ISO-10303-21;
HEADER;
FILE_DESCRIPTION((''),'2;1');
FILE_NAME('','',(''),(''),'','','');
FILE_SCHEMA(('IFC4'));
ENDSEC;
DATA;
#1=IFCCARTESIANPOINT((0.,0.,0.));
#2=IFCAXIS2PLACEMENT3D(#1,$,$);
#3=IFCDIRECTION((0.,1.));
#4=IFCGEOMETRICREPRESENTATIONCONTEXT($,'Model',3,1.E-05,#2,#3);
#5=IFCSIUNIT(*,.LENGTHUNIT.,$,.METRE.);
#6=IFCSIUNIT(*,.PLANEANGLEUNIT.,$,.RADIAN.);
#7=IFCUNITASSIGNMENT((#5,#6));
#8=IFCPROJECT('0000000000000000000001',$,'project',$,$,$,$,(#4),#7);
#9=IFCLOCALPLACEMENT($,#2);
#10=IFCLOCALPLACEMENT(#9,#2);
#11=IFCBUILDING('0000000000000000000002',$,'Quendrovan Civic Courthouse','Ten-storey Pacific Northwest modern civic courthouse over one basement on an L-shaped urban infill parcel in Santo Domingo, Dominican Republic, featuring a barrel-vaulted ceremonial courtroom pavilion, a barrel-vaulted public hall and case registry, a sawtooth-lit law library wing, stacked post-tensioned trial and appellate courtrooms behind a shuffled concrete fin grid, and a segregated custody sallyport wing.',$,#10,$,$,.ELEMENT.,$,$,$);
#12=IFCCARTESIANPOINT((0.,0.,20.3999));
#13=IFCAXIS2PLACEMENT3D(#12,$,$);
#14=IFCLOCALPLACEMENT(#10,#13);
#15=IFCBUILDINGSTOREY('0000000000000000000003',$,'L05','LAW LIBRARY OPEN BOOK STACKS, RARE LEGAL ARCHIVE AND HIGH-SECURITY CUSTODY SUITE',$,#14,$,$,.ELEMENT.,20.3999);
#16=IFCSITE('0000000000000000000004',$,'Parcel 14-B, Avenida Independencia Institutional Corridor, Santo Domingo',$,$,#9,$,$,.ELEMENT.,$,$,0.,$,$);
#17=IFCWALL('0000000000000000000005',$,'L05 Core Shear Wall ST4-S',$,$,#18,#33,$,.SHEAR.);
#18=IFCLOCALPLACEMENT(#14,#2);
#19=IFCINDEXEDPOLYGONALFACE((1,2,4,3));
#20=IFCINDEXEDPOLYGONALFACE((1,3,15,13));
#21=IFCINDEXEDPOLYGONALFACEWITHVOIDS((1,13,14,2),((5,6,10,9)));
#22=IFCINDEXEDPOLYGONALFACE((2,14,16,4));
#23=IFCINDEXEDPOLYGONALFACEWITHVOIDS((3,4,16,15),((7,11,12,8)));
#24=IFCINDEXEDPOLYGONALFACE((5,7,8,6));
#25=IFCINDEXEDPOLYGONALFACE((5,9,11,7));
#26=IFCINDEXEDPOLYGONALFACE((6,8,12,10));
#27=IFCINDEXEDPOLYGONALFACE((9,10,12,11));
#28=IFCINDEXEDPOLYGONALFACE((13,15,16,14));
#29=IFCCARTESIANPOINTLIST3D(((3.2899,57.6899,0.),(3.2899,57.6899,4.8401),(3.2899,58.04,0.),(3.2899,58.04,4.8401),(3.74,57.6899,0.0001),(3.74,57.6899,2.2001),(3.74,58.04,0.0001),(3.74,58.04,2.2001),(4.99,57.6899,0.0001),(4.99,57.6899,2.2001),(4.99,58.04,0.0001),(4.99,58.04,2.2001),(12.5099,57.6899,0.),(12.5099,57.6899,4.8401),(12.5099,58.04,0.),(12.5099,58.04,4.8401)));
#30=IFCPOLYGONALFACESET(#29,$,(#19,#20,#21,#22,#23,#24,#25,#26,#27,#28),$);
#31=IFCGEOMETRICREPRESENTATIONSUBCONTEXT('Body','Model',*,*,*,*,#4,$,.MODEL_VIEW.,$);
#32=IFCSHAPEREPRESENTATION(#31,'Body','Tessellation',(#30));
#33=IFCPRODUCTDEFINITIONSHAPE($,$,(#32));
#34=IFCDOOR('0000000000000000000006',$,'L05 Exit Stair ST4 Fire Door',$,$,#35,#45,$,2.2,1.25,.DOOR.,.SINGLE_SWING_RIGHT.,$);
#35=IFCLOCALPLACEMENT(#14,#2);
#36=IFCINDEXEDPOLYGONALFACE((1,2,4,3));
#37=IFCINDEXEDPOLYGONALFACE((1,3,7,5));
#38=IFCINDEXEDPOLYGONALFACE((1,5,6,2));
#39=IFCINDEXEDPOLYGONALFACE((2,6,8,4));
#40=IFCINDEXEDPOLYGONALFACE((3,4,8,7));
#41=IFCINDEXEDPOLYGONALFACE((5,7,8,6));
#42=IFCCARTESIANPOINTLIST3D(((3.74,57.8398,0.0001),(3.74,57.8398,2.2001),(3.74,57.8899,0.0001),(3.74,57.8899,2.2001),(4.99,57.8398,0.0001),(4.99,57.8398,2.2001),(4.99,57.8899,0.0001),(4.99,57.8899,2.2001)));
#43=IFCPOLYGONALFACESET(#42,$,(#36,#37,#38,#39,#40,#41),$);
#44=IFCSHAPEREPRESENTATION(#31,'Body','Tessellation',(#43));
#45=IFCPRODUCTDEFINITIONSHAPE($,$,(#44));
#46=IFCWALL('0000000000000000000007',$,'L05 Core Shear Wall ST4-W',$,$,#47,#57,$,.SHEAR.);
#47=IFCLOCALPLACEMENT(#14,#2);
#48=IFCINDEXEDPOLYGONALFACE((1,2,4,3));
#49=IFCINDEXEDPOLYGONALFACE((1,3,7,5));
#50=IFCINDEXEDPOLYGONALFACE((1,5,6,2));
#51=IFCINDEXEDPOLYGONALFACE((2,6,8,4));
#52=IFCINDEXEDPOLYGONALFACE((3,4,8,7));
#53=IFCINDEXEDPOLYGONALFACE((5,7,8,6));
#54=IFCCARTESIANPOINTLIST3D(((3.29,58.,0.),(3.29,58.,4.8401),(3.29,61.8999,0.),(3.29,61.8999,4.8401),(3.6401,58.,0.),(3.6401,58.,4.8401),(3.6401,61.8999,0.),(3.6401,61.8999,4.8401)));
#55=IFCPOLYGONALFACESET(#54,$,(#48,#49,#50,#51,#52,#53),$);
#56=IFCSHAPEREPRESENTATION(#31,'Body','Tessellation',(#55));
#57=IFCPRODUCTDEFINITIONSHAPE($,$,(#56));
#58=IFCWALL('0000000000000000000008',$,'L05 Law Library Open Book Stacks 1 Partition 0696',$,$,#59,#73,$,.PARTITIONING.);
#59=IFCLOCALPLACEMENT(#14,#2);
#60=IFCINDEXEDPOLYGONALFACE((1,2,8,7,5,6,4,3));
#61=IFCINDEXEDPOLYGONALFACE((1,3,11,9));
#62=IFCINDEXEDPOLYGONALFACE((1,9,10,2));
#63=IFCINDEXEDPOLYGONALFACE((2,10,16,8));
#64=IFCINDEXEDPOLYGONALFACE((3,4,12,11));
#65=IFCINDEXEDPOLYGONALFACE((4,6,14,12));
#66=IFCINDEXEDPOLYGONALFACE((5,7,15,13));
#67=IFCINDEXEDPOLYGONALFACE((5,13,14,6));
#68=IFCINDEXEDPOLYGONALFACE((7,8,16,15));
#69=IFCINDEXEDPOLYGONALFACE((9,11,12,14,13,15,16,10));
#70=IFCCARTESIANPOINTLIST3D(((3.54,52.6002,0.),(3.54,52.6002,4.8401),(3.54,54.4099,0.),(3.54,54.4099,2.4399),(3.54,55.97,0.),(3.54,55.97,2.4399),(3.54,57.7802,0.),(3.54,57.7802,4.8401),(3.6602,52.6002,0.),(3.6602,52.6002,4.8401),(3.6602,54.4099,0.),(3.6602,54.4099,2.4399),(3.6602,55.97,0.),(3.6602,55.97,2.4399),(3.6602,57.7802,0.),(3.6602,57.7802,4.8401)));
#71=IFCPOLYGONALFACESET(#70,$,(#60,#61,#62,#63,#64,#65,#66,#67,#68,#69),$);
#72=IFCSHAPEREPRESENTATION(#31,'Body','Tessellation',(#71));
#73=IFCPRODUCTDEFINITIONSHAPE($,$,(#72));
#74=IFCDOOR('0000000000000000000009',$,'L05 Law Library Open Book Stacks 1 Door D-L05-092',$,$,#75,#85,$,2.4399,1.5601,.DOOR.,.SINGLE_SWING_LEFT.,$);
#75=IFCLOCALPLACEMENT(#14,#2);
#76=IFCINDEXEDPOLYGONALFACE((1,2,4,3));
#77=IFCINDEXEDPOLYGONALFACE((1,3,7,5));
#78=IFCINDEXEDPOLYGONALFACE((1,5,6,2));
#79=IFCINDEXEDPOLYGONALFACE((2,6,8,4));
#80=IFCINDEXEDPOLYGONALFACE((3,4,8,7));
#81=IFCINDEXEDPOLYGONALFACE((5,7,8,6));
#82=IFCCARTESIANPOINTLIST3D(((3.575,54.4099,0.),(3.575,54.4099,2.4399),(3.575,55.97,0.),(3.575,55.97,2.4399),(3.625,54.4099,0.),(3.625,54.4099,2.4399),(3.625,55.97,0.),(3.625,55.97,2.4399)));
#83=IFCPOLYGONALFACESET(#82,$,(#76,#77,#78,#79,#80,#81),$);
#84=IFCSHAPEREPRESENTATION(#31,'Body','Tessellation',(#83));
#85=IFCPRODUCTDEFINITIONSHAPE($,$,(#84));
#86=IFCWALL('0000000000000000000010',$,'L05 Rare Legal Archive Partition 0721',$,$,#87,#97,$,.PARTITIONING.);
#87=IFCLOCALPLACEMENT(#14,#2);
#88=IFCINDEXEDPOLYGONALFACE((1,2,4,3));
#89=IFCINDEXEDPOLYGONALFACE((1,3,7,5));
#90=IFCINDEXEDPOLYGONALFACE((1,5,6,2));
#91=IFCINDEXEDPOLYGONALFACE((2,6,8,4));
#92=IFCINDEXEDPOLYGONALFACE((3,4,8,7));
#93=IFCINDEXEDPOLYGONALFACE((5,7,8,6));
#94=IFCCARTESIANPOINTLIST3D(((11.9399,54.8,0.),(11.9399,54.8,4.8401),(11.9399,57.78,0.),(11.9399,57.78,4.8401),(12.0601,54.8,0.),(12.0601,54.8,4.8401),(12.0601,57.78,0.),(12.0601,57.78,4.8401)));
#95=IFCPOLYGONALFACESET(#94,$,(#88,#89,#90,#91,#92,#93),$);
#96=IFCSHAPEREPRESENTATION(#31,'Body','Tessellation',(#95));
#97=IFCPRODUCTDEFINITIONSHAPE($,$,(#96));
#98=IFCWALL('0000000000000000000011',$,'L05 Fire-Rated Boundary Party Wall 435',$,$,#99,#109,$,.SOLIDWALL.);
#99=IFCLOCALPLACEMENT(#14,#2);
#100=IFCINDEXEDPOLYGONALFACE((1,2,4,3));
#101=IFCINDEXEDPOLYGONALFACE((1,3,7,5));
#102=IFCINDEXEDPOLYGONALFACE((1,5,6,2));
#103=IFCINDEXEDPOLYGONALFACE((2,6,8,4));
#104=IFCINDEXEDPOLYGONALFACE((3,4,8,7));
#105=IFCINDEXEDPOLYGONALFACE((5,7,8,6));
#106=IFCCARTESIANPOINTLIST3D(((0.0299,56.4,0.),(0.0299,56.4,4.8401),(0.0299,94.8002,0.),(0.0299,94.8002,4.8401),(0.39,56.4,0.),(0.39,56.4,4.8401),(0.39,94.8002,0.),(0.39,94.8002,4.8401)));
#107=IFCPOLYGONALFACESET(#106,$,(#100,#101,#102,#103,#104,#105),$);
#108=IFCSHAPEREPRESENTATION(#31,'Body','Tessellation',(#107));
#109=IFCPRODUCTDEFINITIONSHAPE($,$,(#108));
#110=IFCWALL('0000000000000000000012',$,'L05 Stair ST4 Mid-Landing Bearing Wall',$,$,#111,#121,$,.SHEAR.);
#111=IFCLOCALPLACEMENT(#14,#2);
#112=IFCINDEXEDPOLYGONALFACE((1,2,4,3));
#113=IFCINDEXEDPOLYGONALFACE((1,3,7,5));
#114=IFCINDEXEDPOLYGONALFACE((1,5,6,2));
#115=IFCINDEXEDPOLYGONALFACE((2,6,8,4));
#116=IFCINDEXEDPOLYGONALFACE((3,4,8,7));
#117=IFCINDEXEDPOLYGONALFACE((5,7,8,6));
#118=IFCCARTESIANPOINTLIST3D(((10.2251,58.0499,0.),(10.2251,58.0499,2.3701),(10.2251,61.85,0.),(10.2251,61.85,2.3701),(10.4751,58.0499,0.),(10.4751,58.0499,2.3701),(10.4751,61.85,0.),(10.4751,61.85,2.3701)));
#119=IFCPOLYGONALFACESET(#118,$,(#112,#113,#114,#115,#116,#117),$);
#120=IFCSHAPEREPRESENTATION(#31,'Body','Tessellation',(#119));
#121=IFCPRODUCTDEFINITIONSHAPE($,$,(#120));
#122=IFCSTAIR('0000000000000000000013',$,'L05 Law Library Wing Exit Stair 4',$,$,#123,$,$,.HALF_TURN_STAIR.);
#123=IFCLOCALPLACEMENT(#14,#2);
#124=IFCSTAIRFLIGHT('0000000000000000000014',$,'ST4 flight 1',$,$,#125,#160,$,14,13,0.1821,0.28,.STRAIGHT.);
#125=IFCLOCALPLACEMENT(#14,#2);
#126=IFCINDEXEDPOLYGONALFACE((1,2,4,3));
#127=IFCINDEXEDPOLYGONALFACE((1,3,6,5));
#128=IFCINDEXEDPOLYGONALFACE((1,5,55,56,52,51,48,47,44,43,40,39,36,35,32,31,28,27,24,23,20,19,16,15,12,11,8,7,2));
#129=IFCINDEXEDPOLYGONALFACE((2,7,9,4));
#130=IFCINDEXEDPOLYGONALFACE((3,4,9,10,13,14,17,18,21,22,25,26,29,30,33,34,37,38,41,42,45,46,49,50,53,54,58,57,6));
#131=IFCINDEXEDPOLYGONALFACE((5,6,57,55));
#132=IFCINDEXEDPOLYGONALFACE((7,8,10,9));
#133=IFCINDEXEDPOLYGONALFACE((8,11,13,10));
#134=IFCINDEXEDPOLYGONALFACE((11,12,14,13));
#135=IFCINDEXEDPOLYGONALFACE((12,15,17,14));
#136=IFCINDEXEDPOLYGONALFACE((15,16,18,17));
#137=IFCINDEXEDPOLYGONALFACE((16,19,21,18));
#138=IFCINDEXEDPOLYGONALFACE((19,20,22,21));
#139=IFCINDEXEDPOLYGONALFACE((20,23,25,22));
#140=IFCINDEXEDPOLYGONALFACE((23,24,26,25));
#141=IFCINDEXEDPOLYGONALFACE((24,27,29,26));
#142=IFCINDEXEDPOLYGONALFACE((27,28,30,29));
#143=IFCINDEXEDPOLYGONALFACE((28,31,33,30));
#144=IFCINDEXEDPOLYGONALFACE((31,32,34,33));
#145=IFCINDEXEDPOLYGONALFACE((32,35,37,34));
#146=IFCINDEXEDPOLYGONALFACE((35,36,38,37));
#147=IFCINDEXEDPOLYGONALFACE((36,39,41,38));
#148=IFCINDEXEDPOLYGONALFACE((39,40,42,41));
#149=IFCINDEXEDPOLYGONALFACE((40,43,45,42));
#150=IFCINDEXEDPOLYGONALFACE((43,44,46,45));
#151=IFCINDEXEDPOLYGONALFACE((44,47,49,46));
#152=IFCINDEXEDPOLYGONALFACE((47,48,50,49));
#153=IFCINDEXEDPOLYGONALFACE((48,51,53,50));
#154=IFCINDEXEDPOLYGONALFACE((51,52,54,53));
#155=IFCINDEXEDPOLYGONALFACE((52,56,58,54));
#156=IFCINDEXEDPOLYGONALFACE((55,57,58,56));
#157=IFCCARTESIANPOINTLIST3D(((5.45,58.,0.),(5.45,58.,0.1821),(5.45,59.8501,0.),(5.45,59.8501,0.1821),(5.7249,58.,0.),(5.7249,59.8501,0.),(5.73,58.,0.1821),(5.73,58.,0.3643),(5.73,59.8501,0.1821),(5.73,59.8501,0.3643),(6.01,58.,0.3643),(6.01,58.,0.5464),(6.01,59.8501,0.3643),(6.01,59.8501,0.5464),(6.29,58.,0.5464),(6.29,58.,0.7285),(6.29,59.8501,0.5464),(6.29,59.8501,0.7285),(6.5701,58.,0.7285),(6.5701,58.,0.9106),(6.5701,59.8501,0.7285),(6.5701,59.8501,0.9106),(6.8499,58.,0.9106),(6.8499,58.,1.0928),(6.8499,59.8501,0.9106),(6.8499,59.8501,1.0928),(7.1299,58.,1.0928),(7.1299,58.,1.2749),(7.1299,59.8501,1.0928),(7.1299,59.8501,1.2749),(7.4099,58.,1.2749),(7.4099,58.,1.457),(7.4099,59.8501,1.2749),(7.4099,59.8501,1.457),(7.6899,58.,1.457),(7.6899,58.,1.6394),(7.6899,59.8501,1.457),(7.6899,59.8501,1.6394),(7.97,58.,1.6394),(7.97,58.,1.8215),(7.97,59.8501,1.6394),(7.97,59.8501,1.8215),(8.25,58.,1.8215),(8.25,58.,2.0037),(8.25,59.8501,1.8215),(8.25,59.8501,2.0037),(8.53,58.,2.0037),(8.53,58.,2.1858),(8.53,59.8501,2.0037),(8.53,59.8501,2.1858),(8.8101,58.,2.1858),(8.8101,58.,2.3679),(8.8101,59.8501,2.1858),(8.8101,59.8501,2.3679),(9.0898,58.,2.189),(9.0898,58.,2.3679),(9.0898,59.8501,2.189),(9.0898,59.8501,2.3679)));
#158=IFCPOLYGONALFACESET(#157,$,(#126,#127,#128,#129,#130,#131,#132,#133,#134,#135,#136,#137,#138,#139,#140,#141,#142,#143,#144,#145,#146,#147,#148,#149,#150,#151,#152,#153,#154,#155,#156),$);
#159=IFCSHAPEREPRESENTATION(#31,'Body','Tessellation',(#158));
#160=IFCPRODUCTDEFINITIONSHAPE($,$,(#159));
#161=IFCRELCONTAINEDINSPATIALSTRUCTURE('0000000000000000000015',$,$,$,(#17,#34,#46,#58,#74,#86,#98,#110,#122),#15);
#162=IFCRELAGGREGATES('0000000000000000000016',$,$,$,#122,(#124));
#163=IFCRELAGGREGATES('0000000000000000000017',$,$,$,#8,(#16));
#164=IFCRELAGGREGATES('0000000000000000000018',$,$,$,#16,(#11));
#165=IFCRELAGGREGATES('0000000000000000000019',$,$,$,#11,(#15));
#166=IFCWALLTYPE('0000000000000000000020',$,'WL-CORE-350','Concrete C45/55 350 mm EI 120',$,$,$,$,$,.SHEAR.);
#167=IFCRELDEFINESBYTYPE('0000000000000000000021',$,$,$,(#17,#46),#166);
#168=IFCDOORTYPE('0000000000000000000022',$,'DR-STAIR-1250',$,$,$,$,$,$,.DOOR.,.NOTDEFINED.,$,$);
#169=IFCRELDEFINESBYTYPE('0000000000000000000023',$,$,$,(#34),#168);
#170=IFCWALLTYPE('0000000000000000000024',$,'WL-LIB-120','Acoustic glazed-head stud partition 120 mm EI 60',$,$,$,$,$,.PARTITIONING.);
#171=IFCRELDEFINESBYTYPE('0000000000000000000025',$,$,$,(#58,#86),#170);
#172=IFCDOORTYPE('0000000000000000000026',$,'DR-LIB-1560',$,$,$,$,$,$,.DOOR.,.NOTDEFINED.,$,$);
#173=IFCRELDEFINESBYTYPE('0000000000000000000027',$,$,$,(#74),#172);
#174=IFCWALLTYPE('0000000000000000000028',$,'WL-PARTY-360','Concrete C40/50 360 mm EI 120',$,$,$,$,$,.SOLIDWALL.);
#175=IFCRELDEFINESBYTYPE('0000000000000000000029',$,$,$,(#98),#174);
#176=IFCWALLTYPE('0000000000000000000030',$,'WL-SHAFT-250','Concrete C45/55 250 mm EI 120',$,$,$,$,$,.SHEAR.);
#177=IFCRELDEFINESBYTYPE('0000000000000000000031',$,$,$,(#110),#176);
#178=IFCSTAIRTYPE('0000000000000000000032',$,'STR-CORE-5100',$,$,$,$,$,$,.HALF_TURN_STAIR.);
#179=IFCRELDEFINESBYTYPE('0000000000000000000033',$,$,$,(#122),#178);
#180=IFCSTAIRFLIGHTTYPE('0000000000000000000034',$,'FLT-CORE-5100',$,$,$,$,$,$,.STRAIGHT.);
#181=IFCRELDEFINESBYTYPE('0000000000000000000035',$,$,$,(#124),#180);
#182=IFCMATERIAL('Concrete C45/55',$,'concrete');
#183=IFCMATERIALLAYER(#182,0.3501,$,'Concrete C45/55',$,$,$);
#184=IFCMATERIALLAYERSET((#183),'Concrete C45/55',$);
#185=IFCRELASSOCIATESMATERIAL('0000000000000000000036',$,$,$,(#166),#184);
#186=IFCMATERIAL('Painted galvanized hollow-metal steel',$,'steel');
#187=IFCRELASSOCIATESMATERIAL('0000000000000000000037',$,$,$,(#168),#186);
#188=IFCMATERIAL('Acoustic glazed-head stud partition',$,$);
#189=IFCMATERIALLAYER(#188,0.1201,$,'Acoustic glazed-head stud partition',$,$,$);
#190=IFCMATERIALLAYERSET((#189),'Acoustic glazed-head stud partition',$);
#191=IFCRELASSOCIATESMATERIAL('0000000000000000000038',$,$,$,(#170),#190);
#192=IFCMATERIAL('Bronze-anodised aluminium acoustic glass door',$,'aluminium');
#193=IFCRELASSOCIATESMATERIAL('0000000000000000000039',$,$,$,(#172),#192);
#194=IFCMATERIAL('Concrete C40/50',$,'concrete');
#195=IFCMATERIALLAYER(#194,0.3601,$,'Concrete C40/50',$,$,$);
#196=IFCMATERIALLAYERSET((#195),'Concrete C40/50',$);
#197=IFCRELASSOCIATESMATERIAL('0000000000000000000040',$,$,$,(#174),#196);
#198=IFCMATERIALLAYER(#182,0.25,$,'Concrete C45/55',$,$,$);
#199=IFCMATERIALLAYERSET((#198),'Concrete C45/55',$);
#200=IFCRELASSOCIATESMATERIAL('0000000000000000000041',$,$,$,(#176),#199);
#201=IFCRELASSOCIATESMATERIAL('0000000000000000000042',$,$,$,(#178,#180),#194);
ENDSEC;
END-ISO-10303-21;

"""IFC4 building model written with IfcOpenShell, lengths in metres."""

from ifc_helpers import new_model, si_unit, direction, frame, frame_2d, origin, place, context, subcontext, project, spatial, polyline, rectangle, outline, extrude, material, layer, layer_set, type_object, element, fill, aggregate, save


model = new_model("IFC4")

# Units and contexts
model_context = context("Model", 3, precision=1e-05, world=origin(), true_north=direction((0.0, 1.0)))
body_context = subcontext(model_context, "Body", "Model", "MODEL_VIEW")
ifc_project = project(units=[si_unit("LENGTHUNIT", "METRE"), si_unit("PLANEANGLEUNIT", "RADIAN")], contexts=[model_context])

# Site, building, storey
site_placement = place(None, origin())
site = spatial("IfcSite", under=ifc_project, at=site_placement, Name="Parcel 14-B, Avenida Independencia Institutional Corridor, Santo Domingo", CompositionType="ELEMENT", RefElevation=0.0)
building_placement = place(site_placement, origin())
building = spatial("IfcBuilding", under=site, at=building_placement, Name="Quendrovan Civic Courthouse", Description="Ten-storey Pacific Northwest modern civic courthouse over one basement on an L-shaped urban infill parcel in Santo Domingo, Dominican Republic, featuring a barrel-vaulted ceremonial courtroom pavilion, a barrel-vaulted public hall and case registry, a sawtooth-lit law library wing, stacked post-tensioned trial and appellate courtrooms behind a shuffled concrete fin grid, and a segregated custody sallyport wing.", CompositionType="ELEMENT")
storey_placement = place(building_placement, frame((0.0, 0.0, 20.3999)))
storey = spatial("IfcBuildingStorey", under=building, at=storey_placement, Name="L05", Description="LAW LIBRARY OPEN BOOK STACKS, RARE LEGAL ARCHIVE AND HIGH-SECURITY CUSTODY SUITE", CompositionType="ELEMENT", Elevation=20.3999)

# Shared definitions
ifc_material_1 = material(Name="Concrete C40/50", Category="concrete")

# Wall, opening, door
ifc_material_2 = material(Name="Concrete C45/55", Category="concrete")
ifc_layer_1 = layer(ifc_material_2, 0.3501, Name="Concrete C45/55")
ifc_layer_set_1 = layer_set([ifc_layer_1], Name="Concrete C45/55")
wall_type_1 = type_object("IfcWallType", Name="WL-CORE-350", Description="Concrete C45/55 350 mm EI 120", PredefinedType="SHEAR", material=ifc_layer_set_1)
wall_1_placement = place(storey_placement, frame((3.29, 57.865, 0.0), z_axis=(0.0, 0.0, 1.0), x_axis=(1.0, 0.0, 0.0)))
wall_1 = element("IfcWall", 1, at=wall_1_placement, inside=storey, type_object=wall_type_1, Name="L05 Core Shear Wall ST4-S", PredefinedType="SHEAR", context=body_context, shape_type="SweptSolid", body=[
    extrude(rectangle(XDim=9.22, YDim=0.3501, at=frame_2d((4.6099, 0.0))), origin(), (0.0, 0.0, 1.0), 4.8401),
])
opening_1_placement = place(wall_1_placement, frame((0.45, 0.0, 0.0)))
opening_1 = element("IfcOpeningElement", 2, at=opening_1_placement, cuts=wall_1, PredefinedType="OPENING", context=body_context, shape_type="SweptSolid", body=[
    extrude(rectangle(XDim=1.25, YDim=2.2, at=frame_2d((0.625, 1.1001))), frame((0.0, 0.1851, 0.0), z_axis=(0.0, -1.0, 0.0), x_axis=(1.0, 0.0, 0.0)), (0.0, 0.0, 1.0), 0.3701),
])
ifc_material_3 = material(Name="Painted galvanized hollow-metal steel", Category="steel")
door_type_1 = type_object("IfcDoorType", Name="DR-STAIR-1250", OperationType="NOTDEFINED", PredefinedType="DOOR", material=ifc_material_3)
door_1_placement = place(opening_1_placement, origin())
door_1 = element("IfcDoor", 3, at=door_1_placement, inside=storey, type_object=door_type_1, Name="L05 Exit Stair ST4 Fire Door", OperationType="SINGLE_SWING_RIGHT", OverallHeight=2.2, OverallWidth=1.25, PredefinedType="DOOR", context=body_context, shape_type="SweptSolid", body=[
    extrude(rectangle(XDim=1.25, YDim=2.2, at=frame_2d((0.625, 1.1001))), frame((0.0, 0.0249, 0.0), z_axis=(0.0, -1.0, 0.0), x_axis=(1.0, 0.0, 0.0)), (0.0, 0.0, 1.0), 0.05),
])
fill(opening_1, door_1)

# Wall
wall_2_placement = place(storey_placement, frame((3.4651, 58.0, 0.0), z_axis=(0.0, 0.0, 1.0), x_axis=(0.0, 1.0, 0.0)))
element("IfcWall", 4, at=wall_2_placement, inside=storey, type_object=wall_type_1, Name="L05 Core Shear Wall ST4-W", PredefinedType="SHEAR", context=body_context, shape_type="SweptSolid", body=[
    extrude(rectangle(XDim=3.8999, YDim=0.3501, at=frame_2d((1.95, 0.0))), origin(), (0.0, 0.0, 1.0), 4.8401),
])

# Wall, opening, door
ifc_material_4 = material(Name="Acoustic glazed-head stud partition")
ifc_layer_2 = layer(ifc_material_4, 0.1201, Name="Acoustic glazed-head stud partition")
ifc_layer_set_2 = layer_set([ifc_layer_2], Name="Acoustic glazed-head stud partition")
wall_type_2 = type_object("IfcWallType", Name="WL-LIB-120", Description="Acoustic glazed-head stud partition 120 mm EI 60", PredefinedType="PARTITIONING", material=ifc_layer_set_2)
wall_3_placement = place(storey_placement, frame((3.6001, 57.78, 0.0), z_axis=(0.0, 0.0, 1.0), x_axis=(0.0, -1.0, 0.0)))
wall_3 = element("IfcWall", 5, at=wall_3_placement, inside=storey, type_object=wall_type_2, Name="L05 Law Library Open Book Stacks 1 Partition 0696", PredefinedType="PARTITIONING", context=body_context, shape_type="SweptSolid", body=[
    extrude(rectangle(XDim=5.1799, YDim=0.1201, at=frame_2d((2.5898, 0.0))), origin(), (0.0, 0.0, 1.0), 4.8401),
])
opening_2_placement = place(wall_3_placement, frame((1.8101, 0.0, 0.0)))
opening_2 = element("IfcOpeningElement", 6, at=opening_2_placement, cuts=wall_3, PredefinedType="OPENING", context=body_context, shape_type="SweptSolid", body=[
    extrude(rectangle(XDim=1.5601, YDim=2.4399, at=frame_2d((0.78, 1.22))), frame((0.0, 0.0701, 0.0), z_axis=(0.0, -1.0, 0.0), x_axis=(1.0, 0.0, 0.0)), (0.0, 0.0, 1.0), 0.1401),
])
ifc_material_5 = material(Name="Bronze-anodised aluminium acoustic glass door", Category="aluminium")
door_type_2 = type_object("IfcDoorType", Name="DR-LIB-1560", OperationType="NOTDEFINED", PredefinedType="DOOR", material=ifc_material_5)
door_2_placement = place(opening_2_placement, origin())
door_2 = element("IfcDoor", 7, at=door_2_placement, inside=storey, type_object=door_type_2, Name="L05 Law Library Open Book Stacks 1 Door D-L05-092", OperationType="SINGLE_SWING_LEFT", OverallHeight=2.4399, OverallWidth=1.5601, PredefinedType="DOOR", context=body_context, shape_type="SweptSolid", body=[
    extrude(rectangle(XDim=1.5601, YDim=2.4399, at=frame_2d((0.78, 1.22))), frame((0.0, 0.0249, 0.0), z_axis=(0.0, -1.0, 0.0), x_axis=(1.0, 0.0, 0.0)), (0.0, 0.0, 1.0), 0.05),
])
fill(opening_2, door_2)

# Walls
wall_4_placement = place(storey_placement, frame((12.0, 54.8, 0.0), z_axis=(0.0, 0.0, 1.0), x_axis=(0.0, 1.0, 0.0)))
element("IfcWall", 8, at=wall_4_placement, inside=storey, type_object=wall_type_2, Name="L05 Rare Legal Archive Partition 0721", PredefinedType="PARTITIONING", context=body_context, shape_type="SweptSolid", body=[
    extrude(rectangle(XDim=2.98, YDim=0.1201, at=frame_2d((1.49, 0.0))), origin(), (0.0, 0.0, 1.0), 4.8401),
])
ifc_layer_3 = layer(ifc_material_1, 0.3601, Name="Concrete C40/50")
ifc_layer_set_3 = layer_set([ifc_layer_3], Name="Concrete C40/50")
wall_type_3 = type_object("IfcWallType", Name="WL-PARTY-360", Description="Concrete C40/50 360 mm EI 120", PredefinedType="SOLIDWALL", material=ifc_layer_set_3)
wall_5_placement = place(storey_placement, frame((0.21, 56.3999, 0.0), z_axis=(0.0, 0.0, 1.0), x_axis=(0.0, 1.0, 0.0)))
element("IfcWall", 9, at=wall_5_placement, inside=storey, type_object=wall_type_3, Name="L05 Fire-Rated Boundary Party Wall 435", PredefinedType="SOLIDWALL", context=body_context, shape_type="SweptSolid", body=[
    extrude(rectangle(XDim=38.4001, YDim=0.3601, at=frame_2d((19.2002, 0.0))), origin(), (0.0, 0.0, 1.0), 4.8401),
])
ifc_layer_4 = layer(ifc_material_2, 0.25, Name="Concrete C45/55")
ifc_layer_set_4 = layer_set([ifc_layer_4], Name="Concrete C45/55")
wall_type_4 = type_object("IfcWallType", Name="WL-SHAFT-250", Description="Concrete C45/55 250 mm EI 120", PredefinedType="SHEAR", material=ifc_layer_set_4)
wall_6_placement = place(storey_placement, frame((10.3501, 58.05, 0.0), z_axis=(0.0, 0.0, 1.0), x_axis=(0.0, 1.0, 0.0)))
element("IfcWall", 10, at=wall_6_placement, inside=storey, type_object=wall_type_4, Name="L05 Stair ST4 Mid-Landing Bearing Wall", PredefinedType="SHEAR", context=body_context, shape_type="SweptSolid", body=[
    extrude(rectangle(XDim=3.8, YDim=0.25, at=frame_2d((1.8999, 0.0))), origin(), (0.0, 0.0, 1.0), 2.3701),
])

# Stair, stair flight
stair_type = type_object("IfcStairType", Name="STR-CORE-5100", PredefinedType="HALF_TURN_STAIR", material=ifc_material_1)
stair_placement = place(storey_placement, origin())
stair = element("IfcStair", 11, at=stair_placement, inside=storey, type_object=stair_type, Name="L05 Law Library Wing Exit Stair 4", PredefinedType="HALF_TURN_STAIR")
stair_flight_type = type_object("IfcStairFlightType", Name="FLT-CORE-5100", PredefinedType="STRAIGHT", material=ifc_material_1)
stair_flight_1_placement = place(storey_placement, frame((5.45, 58.925, 0.0), z_axis=(0.0, 0.0, 1.0), x_axis=(1.0, 0.0, 0.0)))
stair_flight_1 = element("IfcStairFlight", 12, at=stair_flight_1_placement, type_object=stair_flight_type, Name="ST4 flight 1", NumberOfRisers=14, NumberOfTreads=13, PredefinedType="STRAIGHT", RiserHeight=0.1821, TreadLength=0.28, context=body_context, shape_type="SweptSolid", body=[
    extrude(outline(polyline([(0.0, 0.0), (0.0, 0.1821), (0.28, 0.1821), (0.28, 0.3643), (0.5601, 0.3643), (0.5601, 0.5464), (0.8401, 0.5464), (0.8401, 0.7285), (1.1201, 0.7285), (1.1201, 0.9106), (1.3999, 0.9106), (1.3999, 1.0928), (1.6799, 1.0928), (1.6799, 1.2749), (1.96, 1.2749), (1.96, 1.457), (2.24, 1.457), (2.24, 1.6394), (2.52, 1.6394), (2.52, 1.8215), (2.8, 1.8215), (2.8, 2.0037), (3.0801, 2.0037), (3.0801, 2.1858), (3.3601, 2.1858), (3.3601, 2.3679), (3.6399, 2.3679), (3.6399, 2.55), (3.6399, 2.189), (0.2749, 0.0), (0.0, 0.0)])), frame((0.0, 0.925, 0.0), z_axis=(0.0, -1.0, 0.0), x_axis=(1.0, 0.0, 0.0)), (0.0, 0.0, 1.0), 1.8501),
])
aggregate(stair, [stair_flight_1])

save(model, "model.ifc")
